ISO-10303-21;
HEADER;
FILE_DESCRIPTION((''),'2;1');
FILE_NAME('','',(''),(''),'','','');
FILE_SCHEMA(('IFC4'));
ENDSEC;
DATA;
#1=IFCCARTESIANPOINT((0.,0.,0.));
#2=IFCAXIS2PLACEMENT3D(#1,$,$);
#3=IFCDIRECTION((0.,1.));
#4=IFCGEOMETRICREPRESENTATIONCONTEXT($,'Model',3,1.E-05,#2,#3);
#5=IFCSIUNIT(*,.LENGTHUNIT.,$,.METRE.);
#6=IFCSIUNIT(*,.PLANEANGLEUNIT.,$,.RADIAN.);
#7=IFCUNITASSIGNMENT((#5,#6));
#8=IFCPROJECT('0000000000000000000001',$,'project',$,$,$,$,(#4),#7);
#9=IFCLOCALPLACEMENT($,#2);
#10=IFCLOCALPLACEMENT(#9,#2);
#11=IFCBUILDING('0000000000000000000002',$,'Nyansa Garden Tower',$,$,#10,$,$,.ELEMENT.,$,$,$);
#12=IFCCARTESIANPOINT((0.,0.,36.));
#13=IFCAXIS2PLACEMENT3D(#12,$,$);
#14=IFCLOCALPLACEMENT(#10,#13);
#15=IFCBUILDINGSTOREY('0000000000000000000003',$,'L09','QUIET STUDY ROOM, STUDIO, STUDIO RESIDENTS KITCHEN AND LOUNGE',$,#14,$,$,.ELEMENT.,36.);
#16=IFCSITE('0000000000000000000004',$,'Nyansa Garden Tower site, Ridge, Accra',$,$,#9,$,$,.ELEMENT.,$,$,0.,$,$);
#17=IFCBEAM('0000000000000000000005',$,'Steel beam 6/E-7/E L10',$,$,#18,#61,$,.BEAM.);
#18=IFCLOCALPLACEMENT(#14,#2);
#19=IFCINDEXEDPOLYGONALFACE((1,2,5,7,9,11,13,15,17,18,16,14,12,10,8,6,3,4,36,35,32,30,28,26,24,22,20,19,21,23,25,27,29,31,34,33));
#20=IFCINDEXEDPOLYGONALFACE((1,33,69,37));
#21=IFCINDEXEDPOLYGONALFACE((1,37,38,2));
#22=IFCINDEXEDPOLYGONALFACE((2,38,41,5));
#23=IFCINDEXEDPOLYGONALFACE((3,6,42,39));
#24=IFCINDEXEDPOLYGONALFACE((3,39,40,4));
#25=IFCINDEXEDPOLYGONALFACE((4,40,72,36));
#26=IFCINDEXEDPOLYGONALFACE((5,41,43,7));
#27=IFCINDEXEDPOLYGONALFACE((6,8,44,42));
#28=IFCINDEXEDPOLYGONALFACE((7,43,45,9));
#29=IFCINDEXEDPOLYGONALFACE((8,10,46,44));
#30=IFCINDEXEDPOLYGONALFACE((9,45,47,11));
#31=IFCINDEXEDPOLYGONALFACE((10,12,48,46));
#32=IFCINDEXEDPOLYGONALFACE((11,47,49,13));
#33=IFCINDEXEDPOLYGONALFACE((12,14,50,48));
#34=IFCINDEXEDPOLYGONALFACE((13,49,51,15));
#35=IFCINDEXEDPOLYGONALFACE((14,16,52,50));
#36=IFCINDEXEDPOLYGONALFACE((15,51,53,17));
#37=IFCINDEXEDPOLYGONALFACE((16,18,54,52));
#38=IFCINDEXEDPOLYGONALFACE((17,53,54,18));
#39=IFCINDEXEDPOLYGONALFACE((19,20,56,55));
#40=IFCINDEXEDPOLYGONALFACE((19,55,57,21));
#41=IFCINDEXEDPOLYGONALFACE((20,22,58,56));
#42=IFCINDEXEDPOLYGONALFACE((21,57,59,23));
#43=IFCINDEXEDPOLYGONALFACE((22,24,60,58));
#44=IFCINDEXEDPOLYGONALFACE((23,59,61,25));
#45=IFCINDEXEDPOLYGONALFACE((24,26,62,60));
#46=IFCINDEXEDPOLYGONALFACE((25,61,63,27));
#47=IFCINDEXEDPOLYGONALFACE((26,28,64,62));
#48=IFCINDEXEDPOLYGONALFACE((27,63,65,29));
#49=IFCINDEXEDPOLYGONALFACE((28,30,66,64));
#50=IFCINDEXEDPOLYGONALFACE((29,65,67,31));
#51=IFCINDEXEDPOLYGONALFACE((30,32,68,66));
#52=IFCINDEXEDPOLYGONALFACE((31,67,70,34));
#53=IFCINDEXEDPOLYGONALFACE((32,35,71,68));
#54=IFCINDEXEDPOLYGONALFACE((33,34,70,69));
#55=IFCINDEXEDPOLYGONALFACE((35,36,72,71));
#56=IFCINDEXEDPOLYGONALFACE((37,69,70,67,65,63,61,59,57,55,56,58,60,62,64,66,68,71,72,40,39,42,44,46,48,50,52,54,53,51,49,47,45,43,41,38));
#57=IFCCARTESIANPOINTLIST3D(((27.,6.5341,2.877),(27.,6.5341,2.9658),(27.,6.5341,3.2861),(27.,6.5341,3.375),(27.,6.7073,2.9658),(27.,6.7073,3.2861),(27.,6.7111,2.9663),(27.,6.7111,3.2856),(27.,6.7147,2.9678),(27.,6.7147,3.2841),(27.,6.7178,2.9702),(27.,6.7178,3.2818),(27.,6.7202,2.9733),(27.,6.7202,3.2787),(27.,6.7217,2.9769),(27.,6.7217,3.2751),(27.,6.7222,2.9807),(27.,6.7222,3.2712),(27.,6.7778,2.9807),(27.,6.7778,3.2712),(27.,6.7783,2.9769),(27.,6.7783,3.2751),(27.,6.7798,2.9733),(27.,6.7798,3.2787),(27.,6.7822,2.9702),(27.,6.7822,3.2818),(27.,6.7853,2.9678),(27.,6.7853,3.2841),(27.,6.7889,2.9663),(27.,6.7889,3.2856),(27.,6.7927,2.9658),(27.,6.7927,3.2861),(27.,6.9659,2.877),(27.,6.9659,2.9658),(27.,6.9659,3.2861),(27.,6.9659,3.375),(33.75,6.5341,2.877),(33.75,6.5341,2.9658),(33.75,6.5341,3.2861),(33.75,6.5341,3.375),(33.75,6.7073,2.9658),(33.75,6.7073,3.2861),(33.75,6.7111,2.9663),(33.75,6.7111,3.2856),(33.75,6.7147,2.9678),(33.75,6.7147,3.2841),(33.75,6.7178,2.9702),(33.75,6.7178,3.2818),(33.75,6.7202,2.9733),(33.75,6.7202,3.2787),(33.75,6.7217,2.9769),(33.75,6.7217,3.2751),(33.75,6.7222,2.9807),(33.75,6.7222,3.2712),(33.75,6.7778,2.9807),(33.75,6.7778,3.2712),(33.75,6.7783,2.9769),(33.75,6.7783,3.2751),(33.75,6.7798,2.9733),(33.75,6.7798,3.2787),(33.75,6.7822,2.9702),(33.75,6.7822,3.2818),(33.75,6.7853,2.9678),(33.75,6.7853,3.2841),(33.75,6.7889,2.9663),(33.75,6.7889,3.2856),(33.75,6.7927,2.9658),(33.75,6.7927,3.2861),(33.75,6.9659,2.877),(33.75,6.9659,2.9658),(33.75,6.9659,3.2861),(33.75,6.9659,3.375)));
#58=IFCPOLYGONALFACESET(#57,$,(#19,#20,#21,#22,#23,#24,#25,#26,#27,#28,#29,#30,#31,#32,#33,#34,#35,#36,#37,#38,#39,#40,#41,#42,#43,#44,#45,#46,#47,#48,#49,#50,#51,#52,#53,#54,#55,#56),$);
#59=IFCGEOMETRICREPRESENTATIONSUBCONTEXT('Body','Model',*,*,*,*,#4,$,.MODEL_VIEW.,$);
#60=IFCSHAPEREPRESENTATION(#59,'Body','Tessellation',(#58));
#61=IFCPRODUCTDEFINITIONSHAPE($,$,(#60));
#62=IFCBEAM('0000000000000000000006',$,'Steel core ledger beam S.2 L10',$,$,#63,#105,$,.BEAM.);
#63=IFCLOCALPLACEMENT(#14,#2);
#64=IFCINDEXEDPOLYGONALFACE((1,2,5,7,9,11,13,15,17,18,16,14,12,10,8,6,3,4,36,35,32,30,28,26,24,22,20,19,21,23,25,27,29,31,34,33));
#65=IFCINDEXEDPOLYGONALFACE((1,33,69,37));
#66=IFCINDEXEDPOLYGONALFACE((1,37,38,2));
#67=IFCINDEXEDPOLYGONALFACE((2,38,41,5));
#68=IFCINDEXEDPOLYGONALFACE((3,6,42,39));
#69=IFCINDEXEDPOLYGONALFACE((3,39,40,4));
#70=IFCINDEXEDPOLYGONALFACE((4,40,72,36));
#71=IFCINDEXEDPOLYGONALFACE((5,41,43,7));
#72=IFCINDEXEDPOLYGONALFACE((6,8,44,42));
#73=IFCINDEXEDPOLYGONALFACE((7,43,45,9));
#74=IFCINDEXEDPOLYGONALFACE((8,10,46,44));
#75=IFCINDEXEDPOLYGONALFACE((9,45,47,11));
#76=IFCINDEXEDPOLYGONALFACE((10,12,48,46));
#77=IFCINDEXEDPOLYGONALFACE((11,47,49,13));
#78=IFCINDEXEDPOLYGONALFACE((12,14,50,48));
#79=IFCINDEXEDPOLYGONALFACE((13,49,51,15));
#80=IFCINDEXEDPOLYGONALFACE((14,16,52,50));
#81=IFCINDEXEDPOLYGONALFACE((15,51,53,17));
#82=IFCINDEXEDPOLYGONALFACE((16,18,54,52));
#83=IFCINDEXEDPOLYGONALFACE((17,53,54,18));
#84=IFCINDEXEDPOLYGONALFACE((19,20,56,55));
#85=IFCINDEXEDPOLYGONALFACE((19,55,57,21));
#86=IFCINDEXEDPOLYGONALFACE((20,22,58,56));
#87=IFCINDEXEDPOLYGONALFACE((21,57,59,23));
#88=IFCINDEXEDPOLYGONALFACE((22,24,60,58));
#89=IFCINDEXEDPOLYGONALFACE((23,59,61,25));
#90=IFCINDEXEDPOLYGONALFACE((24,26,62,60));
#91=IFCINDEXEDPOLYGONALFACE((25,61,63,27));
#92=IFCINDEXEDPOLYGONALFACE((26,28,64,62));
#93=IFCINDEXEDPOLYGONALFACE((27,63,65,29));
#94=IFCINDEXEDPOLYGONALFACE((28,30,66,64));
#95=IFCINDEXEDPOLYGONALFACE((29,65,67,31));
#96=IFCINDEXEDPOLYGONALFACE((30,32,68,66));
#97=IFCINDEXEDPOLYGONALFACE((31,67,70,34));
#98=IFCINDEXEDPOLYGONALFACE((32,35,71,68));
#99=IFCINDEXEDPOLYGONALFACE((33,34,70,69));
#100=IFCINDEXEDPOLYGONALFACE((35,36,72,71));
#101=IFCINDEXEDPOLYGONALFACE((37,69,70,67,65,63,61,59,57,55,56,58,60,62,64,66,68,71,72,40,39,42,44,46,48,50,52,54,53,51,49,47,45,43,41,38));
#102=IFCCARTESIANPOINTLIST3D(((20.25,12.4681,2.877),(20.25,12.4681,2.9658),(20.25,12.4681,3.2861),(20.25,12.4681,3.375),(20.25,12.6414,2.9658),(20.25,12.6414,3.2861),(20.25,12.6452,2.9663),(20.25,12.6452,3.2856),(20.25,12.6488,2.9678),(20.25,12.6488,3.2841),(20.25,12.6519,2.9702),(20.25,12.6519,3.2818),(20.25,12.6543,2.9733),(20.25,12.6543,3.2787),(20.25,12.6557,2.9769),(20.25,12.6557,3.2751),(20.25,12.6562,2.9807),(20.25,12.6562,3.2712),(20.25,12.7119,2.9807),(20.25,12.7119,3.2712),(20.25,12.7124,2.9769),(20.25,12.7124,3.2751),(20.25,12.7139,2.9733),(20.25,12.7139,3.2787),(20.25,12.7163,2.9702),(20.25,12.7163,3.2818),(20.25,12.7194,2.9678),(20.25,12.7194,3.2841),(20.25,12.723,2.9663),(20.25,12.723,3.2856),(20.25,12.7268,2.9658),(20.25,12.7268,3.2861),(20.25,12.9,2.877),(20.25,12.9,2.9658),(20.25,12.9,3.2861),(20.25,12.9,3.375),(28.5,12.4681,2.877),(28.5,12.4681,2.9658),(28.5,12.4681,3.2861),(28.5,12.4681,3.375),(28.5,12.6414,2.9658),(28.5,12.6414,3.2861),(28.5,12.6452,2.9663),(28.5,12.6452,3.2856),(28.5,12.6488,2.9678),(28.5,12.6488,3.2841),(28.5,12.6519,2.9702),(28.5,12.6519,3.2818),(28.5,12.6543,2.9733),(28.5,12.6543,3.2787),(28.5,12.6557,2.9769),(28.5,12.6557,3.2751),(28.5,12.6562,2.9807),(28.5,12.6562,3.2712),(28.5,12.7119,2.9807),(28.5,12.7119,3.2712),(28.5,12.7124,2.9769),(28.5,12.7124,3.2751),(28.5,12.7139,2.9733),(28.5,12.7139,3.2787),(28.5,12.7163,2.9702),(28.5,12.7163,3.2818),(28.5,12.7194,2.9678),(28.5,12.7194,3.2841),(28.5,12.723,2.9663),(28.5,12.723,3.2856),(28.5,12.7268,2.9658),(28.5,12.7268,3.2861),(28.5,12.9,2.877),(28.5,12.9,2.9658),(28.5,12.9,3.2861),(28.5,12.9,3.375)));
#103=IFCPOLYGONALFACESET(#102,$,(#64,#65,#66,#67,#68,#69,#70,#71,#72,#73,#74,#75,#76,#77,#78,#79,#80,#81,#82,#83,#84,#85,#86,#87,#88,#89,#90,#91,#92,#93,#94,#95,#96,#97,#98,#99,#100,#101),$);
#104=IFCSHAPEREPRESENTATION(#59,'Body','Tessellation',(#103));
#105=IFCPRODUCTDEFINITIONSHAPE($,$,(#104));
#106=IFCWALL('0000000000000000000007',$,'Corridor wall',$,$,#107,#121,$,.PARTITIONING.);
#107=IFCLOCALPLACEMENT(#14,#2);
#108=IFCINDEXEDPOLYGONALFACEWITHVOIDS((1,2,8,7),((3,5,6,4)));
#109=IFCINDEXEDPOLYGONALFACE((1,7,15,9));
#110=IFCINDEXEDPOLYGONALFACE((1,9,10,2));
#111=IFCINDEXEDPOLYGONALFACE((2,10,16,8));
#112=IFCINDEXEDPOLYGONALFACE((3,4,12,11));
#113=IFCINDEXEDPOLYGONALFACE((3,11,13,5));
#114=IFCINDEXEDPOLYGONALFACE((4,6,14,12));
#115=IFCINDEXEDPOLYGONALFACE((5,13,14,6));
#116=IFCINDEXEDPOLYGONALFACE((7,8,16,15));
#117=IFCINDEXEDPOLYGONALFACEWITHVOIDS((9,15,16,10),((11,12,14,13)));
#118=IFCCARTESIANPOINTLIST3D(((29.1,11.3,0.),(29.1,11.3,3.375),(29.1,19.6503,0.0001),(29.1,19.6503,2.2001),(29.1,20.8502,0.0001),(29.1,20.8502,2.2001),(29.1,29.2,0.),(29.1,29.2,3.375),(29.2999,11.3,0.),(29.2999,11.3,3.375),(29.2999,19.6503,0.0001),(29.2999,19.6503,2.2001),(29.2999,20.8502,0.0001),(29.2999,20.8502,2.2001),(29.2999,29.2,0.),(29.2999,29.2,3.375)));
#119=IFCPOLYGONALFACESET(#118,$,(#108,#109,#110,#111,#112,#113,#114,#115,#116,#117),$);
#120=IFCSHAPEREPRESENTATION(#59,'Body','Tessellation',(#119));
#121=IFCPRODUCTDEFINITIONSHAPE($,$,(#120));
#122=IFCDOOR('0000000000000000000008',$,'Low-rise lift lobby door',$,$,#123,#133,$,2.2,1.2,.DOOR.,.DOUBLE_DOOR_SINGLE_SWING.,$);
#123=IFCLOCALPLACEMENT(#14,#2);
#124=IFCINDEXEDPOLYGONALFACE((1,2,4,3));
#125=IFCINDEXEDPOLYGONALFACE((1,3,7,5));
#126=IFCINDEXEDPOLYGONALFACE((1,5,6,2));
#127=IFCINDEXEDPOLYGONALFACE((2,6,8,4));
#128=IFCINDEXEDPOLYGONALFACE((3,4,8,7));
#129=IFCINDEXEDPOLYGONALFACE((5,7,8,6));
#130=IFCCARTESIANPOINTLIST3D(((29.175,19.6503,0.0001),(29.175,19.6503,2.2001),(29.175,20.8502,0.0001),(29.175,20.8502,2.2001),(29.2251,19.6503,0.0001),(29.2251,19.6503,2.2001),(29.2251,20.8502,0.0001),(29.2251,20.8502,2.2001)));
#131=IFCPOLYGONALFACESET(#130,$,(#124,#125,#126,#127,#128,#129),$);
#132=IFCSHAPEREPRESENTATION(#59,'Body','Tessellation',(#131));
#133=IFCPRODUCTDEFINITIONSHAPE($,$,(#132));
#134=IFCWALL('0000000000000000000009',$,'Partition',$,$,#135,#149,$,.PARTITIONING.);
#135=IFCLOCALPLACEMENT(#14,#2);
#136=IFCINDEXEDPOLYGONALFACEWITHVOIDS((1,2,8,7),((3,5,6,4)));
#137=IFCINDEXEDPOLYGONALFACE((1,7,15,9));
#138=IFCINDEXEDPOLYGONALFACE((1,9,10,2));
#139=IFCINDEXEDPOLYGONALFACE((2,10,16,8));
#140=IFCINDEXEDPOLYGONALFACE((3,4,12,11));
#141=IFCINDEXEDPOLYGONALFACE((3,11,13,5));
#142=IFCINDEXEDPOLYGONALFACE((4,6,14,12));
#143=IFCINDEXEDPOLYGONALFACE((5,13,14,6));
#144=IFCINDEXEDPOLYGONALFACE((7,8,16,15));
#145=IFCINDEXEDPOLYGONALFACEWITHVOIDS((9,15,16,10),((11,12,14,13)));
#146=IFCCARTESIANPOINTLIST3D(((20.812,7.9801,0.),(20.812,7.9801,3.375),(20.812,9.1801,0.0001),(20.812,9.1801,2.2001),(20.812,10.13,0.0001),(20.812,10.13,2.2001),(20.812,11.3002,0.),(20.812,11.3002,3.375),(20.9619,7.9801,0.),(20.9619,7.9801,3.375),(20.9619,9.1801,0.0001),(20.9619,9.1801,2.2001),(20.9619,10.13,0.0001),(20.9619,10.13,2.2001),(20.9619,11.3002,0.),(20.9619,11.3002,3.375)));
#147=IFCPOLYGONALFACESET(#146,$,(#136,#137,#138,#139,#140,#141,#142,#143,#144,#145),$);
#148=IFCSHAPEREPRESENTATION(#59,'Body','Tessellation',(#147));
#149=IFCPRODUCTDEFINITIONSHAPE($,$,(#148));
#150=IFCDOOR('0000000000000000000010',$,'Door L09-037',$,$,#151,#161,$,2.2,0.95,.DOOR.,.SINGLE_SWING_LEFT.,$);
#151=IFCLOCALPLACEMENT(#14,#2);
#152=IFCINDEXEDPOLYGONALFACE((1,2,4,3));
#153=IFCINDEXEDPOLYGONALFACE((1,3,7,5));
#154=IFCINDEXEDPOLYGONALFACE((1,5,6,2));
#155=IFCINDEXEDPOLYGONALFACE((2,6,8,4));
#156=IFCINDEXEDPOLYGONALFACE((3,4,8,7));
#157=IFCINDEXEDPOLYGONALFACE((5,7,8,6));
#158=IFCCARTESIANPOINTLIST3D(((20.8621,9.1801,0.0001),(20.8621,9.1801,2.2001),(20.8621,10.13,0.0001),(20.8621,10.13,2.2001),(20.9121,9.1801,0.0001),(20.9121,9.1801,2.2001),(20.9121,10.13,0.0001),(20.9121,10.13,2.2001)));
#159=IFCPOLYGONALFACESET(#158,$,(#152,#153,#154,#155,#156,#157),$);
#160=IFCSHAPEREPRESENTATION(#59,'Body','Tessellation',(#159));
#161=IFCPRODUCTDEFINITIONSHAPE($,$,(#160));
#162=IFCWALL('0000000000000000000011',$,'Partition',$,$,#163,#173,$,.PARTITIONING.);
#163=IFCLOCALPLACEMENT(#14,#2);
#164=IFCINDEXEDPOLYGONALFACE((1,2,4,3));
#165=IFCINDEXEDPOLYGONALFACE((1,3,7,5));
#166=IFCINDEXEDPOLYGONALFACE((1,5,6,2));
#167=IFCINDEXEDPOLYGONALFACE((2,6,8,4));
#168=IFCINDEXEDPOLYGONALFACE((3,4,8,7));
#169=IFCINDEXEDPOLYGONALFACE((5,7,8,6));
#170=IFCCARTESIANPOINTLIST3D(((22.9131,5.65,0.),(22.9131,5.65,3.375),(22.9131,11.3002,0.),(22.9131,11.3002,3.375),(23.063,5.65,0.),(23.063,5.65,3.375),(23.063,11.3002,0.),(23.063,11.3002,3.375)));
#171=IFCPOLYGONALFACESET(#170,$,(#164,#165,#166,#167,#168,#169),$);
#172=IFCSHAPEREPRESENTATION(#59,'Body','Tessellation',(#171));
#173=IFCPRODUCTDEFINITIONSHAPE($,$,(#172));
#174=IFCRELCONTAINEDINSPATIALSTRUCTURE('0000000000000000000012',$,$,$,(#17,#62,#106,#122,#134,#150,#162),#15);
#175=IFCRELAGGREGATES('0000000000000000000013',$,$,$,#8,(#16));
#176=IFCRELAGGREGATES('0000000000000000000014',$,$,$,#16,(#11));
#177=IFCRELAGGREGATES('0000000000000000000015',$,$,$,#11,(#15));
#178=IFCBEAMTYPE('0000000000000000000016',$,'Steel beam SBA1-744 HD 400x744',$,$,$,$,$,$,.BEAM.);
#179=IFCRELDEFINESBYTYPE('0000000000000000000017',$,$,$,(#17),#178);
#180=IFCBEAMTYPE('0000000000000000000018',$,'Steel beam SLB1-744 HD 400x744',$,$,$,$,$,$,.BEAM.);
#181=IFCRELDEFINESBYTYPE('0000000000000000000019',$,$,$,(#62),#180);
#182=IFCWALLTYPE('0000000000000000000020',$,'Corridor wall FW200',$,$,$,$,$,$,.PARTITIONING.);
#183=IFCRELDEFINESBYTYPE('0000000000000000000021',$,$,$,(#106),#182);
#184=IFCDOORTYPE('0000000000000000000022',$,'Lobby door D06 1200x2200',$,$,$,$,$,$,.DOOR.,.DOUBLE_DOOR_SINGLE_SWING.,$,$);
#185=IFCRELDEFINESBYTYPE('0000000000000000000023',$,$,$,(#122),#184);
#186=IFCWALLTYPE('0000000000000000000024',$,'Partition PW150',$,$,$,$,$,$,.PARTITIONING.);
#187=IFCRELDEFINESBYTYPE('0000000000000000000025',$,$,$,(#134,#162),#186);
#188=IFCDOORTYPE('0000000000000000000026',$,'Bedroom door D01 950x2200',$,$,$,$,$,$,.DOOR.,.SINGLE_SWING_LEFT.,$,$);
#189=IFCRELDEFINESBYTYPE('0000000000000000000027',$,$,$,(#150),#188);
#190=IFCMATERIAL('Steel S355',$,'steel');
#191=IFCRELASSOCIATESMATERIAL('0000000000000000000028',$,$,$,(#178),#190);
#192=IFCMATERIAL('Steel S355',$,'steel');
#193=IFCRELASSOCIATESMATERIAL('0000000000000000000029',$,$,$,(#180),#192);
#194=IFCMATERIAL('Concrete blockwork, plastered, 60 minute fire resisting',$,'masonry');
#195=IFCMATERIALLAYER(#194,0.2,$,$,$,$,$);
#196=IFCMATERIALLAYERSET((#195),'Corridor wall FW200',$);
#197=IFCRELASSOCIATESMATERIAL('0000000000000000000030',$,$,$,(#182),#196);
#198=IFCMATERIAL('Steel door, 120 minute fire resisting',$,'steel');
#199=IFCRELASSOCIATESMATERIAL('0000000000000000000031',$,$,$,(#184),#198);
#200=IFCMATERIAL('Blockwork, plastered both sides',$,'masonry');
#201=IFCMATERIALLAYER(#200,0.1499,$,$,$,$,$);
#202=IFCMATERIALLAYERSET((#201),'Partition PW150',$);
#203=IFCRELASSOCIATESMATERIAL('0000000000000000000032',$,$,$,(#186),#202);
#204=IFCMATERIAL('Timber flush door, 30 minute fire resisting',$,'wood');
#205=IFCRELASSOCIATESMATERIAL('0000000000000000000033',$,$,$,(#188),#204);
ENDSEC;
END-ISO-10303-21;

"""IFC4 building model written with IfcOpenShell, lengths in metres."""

from ifc_helpers import new_model, si_unit, direction, frame, frame_2d, origin, origin_2d, place, context, subcontext, project, spatial, rectangle, i_section, extrude, material, layer, layer_set, material_profile, profile_set, type_object, element, fill, save


model = new_model("IFC4")

# Units and contexts
model_context = context("Model", 3, precision=1e-05, world=origin(), true_north=direction((0.0, 1.0)))
body_context = subcontext(model_context, "Body", "Model", "MODEL_VIEW")
ifc_project = project(units=[si_unit("LENGTHUNIT", "METRE"), si_unit("PLANEANGLEUNIT", "RADIAN")], contexts=[model_context])

# Site, building, storey
site_placement = place(None, origin())
site = spatial("IfcSite", under=ifc_project, at=site_placement, Name="Nyansa Garden Tower site, Ridge, Accra", CompositionType="ELEMENT", RefElevation=0.0)
building_placement = place(site_placement, origin())
building = spatial("IfcBuilding", under=site, at=building_placement, Name="Nyansa Garden Tower", CompositionType="ELEMENT")
storey_placement = place(building_placement, frame((0.0, 0.0, 36.0)))
storey = spatial("IfcBuildingStorey", under=building, at=storey_placement, Name="L09", Description="QUIET STUDY ROOM, STUDIO, STUDIO RESIDENTS KITCHEN AND LOUNGE", CompositionType="ELEMENT", Elevation=36.0)

# Beams
ifc_material_1 = material(Name="Steel S355", Category="steel")
ifc_material_profile_1 = material_profile(ifc_material_1, i_section(OverallWidth=0.4319, OverallDepth=0.498, WebThickness=0.0557, FlangeThickness=0.0889, FilletRadius=0.0149, at=origin_2d()), Name="HD 400x744")
ifc_profile_set_1 = profile_set([ifc_material_profile_1], Name="Steel S355")
beam_type_1 = type_object("IfcBeamType", Name="Steel beam SBA1-744 HD 400x744", PredefinedType="BEAM", material=ifc_profile_set_1)
beam_1_placement = place(storey_placement, frame((27.0, 6.75, 3.126), z_axis=(1.0, 0.0, 0.0), x_axis=(0.0, 1.0, 0.0)))
element("IfcBeam", 1, at=beam_1_placement, inside=storey, type_object=beam_type_1, Name="Steel beam 6/E-7/E L10", PredefinedType="BEAM", context=body_context, shape_type="SweptSolid", body=[
    extrude(i_section(OverallWidth=0.4319, OverallDepth=0.498, WebThickness=0.0557, FlangeThickness=0.0889, FilletRadius=0.0149, at=origin_2d()), origin(), (0.0, 0.0, 1.0), 6.75),
])
ifc_material_2 = material(Name="Steel S355", Category="steel")
ifc_material_profile_2 = material_profile(ifc_material_2, i_section(OverallWidth=0.4319, OverallDepth=0.498, WebThickness=0.0557, FlangeThickness=0.0889, FilletRadius=0.0149, at=origin_2d()), Name="HD 400x744")
ifc_profile_set_2 = profile_set([ifc_material_profile_2], Name="Steel S355")
beam_type_2 = type_object("IfcBeamType", Name="Steel beam SLB1-744 HD 400x744", PredefinedType="BEAM", material=ifc_profile_set_2)
beam_2_placement = place(storey_placement, frame((20.25, 12.6841, 3.126), z_axis=(1.0, 0.0, 0.0), x_axis=(0.0, 1.0, 0.0)))
element("IfcBeam", 2, at=beam_2_placement, inside=storey, type_object=beam_type_2, Name="Steel core ledger beam S.2 L10", PredefinedType="BEAM", context=body_context, shape_type="SweptSolid", body=[
    extrude(i_section(OverallWidth=0.4319, OverallDepth=0.498, WebThickness=0.0557, FlangeThickness=0.0889, FilletRadius=0.0149, at=origin_2d()), origin(), (0.0, 0.0, 1.0), 8.25),
])

# Walls, openings, doors
ifc_material_3 = material(Name="Concrete blockwork, plastered, 60 minute fire resisting", Category="masonry")
ifc_layer_1 = layer(ifc_material_3, 0.2)
ifc_layer_set_1 = layer_set([ifc_layer_1], Name="Corridor wall FW200")
wall_type_1 = type_object("IfcWallType", Name="Corridor wall FW200", PredefinedType="PARTITIONING", material=ifc_layer_set_1)
wall_1_placement = place(storey_placement, frame((29.2, 11.3, 0.0), z_axis=(0.0, 0.0, 1.0), x_axis=(0.0, 1.0, 0.0)))
wall_1 = element("IfcWall", 3, at=wall_1_placement, inside=storey, type_object=wall_type_1, Name="Corridor wall", PredefinedType="PARTITIONING", context=body_context, shape_type="SweptSolid", body=[
    extrude(rectangle(XDim=17.8999, YDim=0.2, at=frame_2d((8.95, 0.0))), origin(), (0.0, 0.0, 1.0), 3.375),
])
opening_1_placement = place(wall_1_placement, frame((8.3501, 0.0, 0.0)))
opening_1 = element("IfcOpeningElement", 4, at=opening_1_placement, cuts=wall_1, PredefinedType="OPENING", context=body_context, shape_type="SweptSolid", body=[
    extrude(rectangle(XDim=1.2, YDim=2.2, at=frame_2d((0.6001, 1.1001))), frame((0.0, 0.1099, 0.0), z_axis=(0.0, -1.0, 0.0), x_axis=(1.0, 0.0, 0.0)), (0.0, 0.0, 1.0), 0.22),
])
ifc_material_4 = material(Name="Steel door, 120 minute fire resisting", Category="steel")
door_type_1 = type_object("IfcDoorType", Name="Lobby door D06 1200x2200", OperationType="DOUBLE_DOOR_SINGLE_SWING", PredefinedType="DOOR", material=ifc_material_4)
door_1_placement = place(opening_1_placement, origin())
door_1 = element("IfcDoor", 5, at=door_1_placement, inside=storey, type_object=door_type_1, Name="Low-rise lift lobby door", OperationType="DOUBLE_DOOR_SINGLE_SWING", OverallHeight=2.2, OverallWidth=1.2, PredefinedType="DOOR", context=body_context, shape_type="SweptSolid", body=[
    extrude(rectangle(XDim=1.2, YDim=2.2, at=frame_2d((0.6001, 1.1001))), frame((0.0, 0.0249, 0.0), z_axis=(0.0, -1.0, 0.0), x_axis=(1.0, 0.0, 0.0)), (0.0, 0.0, 1.0), 0.05),
])
fill(opening_1, door_1)
ifc_material_5 = material(Name="Blockwork, plastered both sides", Category="masonry")
ifc_layer_2 = layer(ifc_material_5, 0.1499)
ifc_layer_set_2 = layer_set([ifc_layer_2], Name="Partition PW150")
wall_type_2 = type_object("IfcWallType", Name="Partition PW150", PredefinedType="PARTITIONING", material=ifc_layer_set_2)
wall_2_placement = place(storey_placement, frame((20.887, 7.98, 0.0), z_axis=(0.0, 0.0, 1.0), x_axis=(0.0, 1.0, 0.0)))
wall_2 = element("IfcWall", 6, at=wall_2_placement, inside=storey, type_object=wall_type_2, Name="Partition", PredefinedType="PARTITIONING", context=body_context, shape_type="SweptSolid", body=[
    extrude(rectangle(XDim=3.3201, YDim=0.1499, at=frame_2d((1.6602, 0.0))), origin(), (0.0, 0.0, 1.0), 3.375),
])
opening_2_placement = place(wall_2_placement, frame((1.2, 0.0, 0.0)))
opening_2 = element("IfcOpeningElement", 7, at=opening_2_placement, cuts=wall_2, PredefinedType="OPENING", context=body_context, shape_type="SweptSolid", body=[
    extrude(rectangle(XDim=0.95, YDim=2.2, at=frame_2d((0.4751, 1.1001))), frame((0.0, 0.085, 0.0), z_axis=(0.0, -1.0, 0.0), x_axis=(1.0, 0.0, 0.0)), (0.0, 0.0, 1.0), 0.1699),
])
ifc_material_6 = material(Name="Timber flush door, 30 minute fire resisting", Category="wood")
door_type_2 = type_object("IfcDoorType", Name="Bedroom door D01 950x2200", OperationType="SINGLE_SWING_LEFT", PredefinedType="DOOR", material=ifc_material_6)
door_2_placement = place(opening_2_placement, origin())
door_2 = element("IfcDoor", 8, at=door_2_placement, inside=storey, type_object=door_type_2, Name="Door L09-037", OperationType="SINGLE_SWING_LEFT", OverallHeight=2.2, OverallWidth=0.95, PredefinedType="DOOR", context=body_context, shape_type="SweptSolid", body=[
    extrude(rectangle(XDim=0.95, YDim=2.2, at=frame_2d((0.4751, 1.1001))), frame((0.0, 0.0249, 0.0), z_axis=(0.0, -1.0, 0.0), x_axis=(1.0, 0.0, 0.0)), (0.0, 0.0, 1.0), 0.05),
])
fill(opening_2, door_2)

# Wall
wall_3_placement = place(storey_placement, frame((22.988, 5.6499, 0.0), z_axis=(0.0, 0.0, 1.0), x_axis=(0.0, 1.0, 0.0)))
element("IfcWall", 9, at=wall_3_placement, inside=storey, type_object=wall_type_2, Name="Partition", PredefinedType="PARTITIONING", context=body_context, shape_type="SweptSolid", body=[
    extrude(rectangle(XDim=5.6501, YDim=0.1499, at=frame_2d((2.8252, 0.0))), origin(), (0.0, 0.0, 1.0), 3.375),
])

save(model, "model.ifc")
